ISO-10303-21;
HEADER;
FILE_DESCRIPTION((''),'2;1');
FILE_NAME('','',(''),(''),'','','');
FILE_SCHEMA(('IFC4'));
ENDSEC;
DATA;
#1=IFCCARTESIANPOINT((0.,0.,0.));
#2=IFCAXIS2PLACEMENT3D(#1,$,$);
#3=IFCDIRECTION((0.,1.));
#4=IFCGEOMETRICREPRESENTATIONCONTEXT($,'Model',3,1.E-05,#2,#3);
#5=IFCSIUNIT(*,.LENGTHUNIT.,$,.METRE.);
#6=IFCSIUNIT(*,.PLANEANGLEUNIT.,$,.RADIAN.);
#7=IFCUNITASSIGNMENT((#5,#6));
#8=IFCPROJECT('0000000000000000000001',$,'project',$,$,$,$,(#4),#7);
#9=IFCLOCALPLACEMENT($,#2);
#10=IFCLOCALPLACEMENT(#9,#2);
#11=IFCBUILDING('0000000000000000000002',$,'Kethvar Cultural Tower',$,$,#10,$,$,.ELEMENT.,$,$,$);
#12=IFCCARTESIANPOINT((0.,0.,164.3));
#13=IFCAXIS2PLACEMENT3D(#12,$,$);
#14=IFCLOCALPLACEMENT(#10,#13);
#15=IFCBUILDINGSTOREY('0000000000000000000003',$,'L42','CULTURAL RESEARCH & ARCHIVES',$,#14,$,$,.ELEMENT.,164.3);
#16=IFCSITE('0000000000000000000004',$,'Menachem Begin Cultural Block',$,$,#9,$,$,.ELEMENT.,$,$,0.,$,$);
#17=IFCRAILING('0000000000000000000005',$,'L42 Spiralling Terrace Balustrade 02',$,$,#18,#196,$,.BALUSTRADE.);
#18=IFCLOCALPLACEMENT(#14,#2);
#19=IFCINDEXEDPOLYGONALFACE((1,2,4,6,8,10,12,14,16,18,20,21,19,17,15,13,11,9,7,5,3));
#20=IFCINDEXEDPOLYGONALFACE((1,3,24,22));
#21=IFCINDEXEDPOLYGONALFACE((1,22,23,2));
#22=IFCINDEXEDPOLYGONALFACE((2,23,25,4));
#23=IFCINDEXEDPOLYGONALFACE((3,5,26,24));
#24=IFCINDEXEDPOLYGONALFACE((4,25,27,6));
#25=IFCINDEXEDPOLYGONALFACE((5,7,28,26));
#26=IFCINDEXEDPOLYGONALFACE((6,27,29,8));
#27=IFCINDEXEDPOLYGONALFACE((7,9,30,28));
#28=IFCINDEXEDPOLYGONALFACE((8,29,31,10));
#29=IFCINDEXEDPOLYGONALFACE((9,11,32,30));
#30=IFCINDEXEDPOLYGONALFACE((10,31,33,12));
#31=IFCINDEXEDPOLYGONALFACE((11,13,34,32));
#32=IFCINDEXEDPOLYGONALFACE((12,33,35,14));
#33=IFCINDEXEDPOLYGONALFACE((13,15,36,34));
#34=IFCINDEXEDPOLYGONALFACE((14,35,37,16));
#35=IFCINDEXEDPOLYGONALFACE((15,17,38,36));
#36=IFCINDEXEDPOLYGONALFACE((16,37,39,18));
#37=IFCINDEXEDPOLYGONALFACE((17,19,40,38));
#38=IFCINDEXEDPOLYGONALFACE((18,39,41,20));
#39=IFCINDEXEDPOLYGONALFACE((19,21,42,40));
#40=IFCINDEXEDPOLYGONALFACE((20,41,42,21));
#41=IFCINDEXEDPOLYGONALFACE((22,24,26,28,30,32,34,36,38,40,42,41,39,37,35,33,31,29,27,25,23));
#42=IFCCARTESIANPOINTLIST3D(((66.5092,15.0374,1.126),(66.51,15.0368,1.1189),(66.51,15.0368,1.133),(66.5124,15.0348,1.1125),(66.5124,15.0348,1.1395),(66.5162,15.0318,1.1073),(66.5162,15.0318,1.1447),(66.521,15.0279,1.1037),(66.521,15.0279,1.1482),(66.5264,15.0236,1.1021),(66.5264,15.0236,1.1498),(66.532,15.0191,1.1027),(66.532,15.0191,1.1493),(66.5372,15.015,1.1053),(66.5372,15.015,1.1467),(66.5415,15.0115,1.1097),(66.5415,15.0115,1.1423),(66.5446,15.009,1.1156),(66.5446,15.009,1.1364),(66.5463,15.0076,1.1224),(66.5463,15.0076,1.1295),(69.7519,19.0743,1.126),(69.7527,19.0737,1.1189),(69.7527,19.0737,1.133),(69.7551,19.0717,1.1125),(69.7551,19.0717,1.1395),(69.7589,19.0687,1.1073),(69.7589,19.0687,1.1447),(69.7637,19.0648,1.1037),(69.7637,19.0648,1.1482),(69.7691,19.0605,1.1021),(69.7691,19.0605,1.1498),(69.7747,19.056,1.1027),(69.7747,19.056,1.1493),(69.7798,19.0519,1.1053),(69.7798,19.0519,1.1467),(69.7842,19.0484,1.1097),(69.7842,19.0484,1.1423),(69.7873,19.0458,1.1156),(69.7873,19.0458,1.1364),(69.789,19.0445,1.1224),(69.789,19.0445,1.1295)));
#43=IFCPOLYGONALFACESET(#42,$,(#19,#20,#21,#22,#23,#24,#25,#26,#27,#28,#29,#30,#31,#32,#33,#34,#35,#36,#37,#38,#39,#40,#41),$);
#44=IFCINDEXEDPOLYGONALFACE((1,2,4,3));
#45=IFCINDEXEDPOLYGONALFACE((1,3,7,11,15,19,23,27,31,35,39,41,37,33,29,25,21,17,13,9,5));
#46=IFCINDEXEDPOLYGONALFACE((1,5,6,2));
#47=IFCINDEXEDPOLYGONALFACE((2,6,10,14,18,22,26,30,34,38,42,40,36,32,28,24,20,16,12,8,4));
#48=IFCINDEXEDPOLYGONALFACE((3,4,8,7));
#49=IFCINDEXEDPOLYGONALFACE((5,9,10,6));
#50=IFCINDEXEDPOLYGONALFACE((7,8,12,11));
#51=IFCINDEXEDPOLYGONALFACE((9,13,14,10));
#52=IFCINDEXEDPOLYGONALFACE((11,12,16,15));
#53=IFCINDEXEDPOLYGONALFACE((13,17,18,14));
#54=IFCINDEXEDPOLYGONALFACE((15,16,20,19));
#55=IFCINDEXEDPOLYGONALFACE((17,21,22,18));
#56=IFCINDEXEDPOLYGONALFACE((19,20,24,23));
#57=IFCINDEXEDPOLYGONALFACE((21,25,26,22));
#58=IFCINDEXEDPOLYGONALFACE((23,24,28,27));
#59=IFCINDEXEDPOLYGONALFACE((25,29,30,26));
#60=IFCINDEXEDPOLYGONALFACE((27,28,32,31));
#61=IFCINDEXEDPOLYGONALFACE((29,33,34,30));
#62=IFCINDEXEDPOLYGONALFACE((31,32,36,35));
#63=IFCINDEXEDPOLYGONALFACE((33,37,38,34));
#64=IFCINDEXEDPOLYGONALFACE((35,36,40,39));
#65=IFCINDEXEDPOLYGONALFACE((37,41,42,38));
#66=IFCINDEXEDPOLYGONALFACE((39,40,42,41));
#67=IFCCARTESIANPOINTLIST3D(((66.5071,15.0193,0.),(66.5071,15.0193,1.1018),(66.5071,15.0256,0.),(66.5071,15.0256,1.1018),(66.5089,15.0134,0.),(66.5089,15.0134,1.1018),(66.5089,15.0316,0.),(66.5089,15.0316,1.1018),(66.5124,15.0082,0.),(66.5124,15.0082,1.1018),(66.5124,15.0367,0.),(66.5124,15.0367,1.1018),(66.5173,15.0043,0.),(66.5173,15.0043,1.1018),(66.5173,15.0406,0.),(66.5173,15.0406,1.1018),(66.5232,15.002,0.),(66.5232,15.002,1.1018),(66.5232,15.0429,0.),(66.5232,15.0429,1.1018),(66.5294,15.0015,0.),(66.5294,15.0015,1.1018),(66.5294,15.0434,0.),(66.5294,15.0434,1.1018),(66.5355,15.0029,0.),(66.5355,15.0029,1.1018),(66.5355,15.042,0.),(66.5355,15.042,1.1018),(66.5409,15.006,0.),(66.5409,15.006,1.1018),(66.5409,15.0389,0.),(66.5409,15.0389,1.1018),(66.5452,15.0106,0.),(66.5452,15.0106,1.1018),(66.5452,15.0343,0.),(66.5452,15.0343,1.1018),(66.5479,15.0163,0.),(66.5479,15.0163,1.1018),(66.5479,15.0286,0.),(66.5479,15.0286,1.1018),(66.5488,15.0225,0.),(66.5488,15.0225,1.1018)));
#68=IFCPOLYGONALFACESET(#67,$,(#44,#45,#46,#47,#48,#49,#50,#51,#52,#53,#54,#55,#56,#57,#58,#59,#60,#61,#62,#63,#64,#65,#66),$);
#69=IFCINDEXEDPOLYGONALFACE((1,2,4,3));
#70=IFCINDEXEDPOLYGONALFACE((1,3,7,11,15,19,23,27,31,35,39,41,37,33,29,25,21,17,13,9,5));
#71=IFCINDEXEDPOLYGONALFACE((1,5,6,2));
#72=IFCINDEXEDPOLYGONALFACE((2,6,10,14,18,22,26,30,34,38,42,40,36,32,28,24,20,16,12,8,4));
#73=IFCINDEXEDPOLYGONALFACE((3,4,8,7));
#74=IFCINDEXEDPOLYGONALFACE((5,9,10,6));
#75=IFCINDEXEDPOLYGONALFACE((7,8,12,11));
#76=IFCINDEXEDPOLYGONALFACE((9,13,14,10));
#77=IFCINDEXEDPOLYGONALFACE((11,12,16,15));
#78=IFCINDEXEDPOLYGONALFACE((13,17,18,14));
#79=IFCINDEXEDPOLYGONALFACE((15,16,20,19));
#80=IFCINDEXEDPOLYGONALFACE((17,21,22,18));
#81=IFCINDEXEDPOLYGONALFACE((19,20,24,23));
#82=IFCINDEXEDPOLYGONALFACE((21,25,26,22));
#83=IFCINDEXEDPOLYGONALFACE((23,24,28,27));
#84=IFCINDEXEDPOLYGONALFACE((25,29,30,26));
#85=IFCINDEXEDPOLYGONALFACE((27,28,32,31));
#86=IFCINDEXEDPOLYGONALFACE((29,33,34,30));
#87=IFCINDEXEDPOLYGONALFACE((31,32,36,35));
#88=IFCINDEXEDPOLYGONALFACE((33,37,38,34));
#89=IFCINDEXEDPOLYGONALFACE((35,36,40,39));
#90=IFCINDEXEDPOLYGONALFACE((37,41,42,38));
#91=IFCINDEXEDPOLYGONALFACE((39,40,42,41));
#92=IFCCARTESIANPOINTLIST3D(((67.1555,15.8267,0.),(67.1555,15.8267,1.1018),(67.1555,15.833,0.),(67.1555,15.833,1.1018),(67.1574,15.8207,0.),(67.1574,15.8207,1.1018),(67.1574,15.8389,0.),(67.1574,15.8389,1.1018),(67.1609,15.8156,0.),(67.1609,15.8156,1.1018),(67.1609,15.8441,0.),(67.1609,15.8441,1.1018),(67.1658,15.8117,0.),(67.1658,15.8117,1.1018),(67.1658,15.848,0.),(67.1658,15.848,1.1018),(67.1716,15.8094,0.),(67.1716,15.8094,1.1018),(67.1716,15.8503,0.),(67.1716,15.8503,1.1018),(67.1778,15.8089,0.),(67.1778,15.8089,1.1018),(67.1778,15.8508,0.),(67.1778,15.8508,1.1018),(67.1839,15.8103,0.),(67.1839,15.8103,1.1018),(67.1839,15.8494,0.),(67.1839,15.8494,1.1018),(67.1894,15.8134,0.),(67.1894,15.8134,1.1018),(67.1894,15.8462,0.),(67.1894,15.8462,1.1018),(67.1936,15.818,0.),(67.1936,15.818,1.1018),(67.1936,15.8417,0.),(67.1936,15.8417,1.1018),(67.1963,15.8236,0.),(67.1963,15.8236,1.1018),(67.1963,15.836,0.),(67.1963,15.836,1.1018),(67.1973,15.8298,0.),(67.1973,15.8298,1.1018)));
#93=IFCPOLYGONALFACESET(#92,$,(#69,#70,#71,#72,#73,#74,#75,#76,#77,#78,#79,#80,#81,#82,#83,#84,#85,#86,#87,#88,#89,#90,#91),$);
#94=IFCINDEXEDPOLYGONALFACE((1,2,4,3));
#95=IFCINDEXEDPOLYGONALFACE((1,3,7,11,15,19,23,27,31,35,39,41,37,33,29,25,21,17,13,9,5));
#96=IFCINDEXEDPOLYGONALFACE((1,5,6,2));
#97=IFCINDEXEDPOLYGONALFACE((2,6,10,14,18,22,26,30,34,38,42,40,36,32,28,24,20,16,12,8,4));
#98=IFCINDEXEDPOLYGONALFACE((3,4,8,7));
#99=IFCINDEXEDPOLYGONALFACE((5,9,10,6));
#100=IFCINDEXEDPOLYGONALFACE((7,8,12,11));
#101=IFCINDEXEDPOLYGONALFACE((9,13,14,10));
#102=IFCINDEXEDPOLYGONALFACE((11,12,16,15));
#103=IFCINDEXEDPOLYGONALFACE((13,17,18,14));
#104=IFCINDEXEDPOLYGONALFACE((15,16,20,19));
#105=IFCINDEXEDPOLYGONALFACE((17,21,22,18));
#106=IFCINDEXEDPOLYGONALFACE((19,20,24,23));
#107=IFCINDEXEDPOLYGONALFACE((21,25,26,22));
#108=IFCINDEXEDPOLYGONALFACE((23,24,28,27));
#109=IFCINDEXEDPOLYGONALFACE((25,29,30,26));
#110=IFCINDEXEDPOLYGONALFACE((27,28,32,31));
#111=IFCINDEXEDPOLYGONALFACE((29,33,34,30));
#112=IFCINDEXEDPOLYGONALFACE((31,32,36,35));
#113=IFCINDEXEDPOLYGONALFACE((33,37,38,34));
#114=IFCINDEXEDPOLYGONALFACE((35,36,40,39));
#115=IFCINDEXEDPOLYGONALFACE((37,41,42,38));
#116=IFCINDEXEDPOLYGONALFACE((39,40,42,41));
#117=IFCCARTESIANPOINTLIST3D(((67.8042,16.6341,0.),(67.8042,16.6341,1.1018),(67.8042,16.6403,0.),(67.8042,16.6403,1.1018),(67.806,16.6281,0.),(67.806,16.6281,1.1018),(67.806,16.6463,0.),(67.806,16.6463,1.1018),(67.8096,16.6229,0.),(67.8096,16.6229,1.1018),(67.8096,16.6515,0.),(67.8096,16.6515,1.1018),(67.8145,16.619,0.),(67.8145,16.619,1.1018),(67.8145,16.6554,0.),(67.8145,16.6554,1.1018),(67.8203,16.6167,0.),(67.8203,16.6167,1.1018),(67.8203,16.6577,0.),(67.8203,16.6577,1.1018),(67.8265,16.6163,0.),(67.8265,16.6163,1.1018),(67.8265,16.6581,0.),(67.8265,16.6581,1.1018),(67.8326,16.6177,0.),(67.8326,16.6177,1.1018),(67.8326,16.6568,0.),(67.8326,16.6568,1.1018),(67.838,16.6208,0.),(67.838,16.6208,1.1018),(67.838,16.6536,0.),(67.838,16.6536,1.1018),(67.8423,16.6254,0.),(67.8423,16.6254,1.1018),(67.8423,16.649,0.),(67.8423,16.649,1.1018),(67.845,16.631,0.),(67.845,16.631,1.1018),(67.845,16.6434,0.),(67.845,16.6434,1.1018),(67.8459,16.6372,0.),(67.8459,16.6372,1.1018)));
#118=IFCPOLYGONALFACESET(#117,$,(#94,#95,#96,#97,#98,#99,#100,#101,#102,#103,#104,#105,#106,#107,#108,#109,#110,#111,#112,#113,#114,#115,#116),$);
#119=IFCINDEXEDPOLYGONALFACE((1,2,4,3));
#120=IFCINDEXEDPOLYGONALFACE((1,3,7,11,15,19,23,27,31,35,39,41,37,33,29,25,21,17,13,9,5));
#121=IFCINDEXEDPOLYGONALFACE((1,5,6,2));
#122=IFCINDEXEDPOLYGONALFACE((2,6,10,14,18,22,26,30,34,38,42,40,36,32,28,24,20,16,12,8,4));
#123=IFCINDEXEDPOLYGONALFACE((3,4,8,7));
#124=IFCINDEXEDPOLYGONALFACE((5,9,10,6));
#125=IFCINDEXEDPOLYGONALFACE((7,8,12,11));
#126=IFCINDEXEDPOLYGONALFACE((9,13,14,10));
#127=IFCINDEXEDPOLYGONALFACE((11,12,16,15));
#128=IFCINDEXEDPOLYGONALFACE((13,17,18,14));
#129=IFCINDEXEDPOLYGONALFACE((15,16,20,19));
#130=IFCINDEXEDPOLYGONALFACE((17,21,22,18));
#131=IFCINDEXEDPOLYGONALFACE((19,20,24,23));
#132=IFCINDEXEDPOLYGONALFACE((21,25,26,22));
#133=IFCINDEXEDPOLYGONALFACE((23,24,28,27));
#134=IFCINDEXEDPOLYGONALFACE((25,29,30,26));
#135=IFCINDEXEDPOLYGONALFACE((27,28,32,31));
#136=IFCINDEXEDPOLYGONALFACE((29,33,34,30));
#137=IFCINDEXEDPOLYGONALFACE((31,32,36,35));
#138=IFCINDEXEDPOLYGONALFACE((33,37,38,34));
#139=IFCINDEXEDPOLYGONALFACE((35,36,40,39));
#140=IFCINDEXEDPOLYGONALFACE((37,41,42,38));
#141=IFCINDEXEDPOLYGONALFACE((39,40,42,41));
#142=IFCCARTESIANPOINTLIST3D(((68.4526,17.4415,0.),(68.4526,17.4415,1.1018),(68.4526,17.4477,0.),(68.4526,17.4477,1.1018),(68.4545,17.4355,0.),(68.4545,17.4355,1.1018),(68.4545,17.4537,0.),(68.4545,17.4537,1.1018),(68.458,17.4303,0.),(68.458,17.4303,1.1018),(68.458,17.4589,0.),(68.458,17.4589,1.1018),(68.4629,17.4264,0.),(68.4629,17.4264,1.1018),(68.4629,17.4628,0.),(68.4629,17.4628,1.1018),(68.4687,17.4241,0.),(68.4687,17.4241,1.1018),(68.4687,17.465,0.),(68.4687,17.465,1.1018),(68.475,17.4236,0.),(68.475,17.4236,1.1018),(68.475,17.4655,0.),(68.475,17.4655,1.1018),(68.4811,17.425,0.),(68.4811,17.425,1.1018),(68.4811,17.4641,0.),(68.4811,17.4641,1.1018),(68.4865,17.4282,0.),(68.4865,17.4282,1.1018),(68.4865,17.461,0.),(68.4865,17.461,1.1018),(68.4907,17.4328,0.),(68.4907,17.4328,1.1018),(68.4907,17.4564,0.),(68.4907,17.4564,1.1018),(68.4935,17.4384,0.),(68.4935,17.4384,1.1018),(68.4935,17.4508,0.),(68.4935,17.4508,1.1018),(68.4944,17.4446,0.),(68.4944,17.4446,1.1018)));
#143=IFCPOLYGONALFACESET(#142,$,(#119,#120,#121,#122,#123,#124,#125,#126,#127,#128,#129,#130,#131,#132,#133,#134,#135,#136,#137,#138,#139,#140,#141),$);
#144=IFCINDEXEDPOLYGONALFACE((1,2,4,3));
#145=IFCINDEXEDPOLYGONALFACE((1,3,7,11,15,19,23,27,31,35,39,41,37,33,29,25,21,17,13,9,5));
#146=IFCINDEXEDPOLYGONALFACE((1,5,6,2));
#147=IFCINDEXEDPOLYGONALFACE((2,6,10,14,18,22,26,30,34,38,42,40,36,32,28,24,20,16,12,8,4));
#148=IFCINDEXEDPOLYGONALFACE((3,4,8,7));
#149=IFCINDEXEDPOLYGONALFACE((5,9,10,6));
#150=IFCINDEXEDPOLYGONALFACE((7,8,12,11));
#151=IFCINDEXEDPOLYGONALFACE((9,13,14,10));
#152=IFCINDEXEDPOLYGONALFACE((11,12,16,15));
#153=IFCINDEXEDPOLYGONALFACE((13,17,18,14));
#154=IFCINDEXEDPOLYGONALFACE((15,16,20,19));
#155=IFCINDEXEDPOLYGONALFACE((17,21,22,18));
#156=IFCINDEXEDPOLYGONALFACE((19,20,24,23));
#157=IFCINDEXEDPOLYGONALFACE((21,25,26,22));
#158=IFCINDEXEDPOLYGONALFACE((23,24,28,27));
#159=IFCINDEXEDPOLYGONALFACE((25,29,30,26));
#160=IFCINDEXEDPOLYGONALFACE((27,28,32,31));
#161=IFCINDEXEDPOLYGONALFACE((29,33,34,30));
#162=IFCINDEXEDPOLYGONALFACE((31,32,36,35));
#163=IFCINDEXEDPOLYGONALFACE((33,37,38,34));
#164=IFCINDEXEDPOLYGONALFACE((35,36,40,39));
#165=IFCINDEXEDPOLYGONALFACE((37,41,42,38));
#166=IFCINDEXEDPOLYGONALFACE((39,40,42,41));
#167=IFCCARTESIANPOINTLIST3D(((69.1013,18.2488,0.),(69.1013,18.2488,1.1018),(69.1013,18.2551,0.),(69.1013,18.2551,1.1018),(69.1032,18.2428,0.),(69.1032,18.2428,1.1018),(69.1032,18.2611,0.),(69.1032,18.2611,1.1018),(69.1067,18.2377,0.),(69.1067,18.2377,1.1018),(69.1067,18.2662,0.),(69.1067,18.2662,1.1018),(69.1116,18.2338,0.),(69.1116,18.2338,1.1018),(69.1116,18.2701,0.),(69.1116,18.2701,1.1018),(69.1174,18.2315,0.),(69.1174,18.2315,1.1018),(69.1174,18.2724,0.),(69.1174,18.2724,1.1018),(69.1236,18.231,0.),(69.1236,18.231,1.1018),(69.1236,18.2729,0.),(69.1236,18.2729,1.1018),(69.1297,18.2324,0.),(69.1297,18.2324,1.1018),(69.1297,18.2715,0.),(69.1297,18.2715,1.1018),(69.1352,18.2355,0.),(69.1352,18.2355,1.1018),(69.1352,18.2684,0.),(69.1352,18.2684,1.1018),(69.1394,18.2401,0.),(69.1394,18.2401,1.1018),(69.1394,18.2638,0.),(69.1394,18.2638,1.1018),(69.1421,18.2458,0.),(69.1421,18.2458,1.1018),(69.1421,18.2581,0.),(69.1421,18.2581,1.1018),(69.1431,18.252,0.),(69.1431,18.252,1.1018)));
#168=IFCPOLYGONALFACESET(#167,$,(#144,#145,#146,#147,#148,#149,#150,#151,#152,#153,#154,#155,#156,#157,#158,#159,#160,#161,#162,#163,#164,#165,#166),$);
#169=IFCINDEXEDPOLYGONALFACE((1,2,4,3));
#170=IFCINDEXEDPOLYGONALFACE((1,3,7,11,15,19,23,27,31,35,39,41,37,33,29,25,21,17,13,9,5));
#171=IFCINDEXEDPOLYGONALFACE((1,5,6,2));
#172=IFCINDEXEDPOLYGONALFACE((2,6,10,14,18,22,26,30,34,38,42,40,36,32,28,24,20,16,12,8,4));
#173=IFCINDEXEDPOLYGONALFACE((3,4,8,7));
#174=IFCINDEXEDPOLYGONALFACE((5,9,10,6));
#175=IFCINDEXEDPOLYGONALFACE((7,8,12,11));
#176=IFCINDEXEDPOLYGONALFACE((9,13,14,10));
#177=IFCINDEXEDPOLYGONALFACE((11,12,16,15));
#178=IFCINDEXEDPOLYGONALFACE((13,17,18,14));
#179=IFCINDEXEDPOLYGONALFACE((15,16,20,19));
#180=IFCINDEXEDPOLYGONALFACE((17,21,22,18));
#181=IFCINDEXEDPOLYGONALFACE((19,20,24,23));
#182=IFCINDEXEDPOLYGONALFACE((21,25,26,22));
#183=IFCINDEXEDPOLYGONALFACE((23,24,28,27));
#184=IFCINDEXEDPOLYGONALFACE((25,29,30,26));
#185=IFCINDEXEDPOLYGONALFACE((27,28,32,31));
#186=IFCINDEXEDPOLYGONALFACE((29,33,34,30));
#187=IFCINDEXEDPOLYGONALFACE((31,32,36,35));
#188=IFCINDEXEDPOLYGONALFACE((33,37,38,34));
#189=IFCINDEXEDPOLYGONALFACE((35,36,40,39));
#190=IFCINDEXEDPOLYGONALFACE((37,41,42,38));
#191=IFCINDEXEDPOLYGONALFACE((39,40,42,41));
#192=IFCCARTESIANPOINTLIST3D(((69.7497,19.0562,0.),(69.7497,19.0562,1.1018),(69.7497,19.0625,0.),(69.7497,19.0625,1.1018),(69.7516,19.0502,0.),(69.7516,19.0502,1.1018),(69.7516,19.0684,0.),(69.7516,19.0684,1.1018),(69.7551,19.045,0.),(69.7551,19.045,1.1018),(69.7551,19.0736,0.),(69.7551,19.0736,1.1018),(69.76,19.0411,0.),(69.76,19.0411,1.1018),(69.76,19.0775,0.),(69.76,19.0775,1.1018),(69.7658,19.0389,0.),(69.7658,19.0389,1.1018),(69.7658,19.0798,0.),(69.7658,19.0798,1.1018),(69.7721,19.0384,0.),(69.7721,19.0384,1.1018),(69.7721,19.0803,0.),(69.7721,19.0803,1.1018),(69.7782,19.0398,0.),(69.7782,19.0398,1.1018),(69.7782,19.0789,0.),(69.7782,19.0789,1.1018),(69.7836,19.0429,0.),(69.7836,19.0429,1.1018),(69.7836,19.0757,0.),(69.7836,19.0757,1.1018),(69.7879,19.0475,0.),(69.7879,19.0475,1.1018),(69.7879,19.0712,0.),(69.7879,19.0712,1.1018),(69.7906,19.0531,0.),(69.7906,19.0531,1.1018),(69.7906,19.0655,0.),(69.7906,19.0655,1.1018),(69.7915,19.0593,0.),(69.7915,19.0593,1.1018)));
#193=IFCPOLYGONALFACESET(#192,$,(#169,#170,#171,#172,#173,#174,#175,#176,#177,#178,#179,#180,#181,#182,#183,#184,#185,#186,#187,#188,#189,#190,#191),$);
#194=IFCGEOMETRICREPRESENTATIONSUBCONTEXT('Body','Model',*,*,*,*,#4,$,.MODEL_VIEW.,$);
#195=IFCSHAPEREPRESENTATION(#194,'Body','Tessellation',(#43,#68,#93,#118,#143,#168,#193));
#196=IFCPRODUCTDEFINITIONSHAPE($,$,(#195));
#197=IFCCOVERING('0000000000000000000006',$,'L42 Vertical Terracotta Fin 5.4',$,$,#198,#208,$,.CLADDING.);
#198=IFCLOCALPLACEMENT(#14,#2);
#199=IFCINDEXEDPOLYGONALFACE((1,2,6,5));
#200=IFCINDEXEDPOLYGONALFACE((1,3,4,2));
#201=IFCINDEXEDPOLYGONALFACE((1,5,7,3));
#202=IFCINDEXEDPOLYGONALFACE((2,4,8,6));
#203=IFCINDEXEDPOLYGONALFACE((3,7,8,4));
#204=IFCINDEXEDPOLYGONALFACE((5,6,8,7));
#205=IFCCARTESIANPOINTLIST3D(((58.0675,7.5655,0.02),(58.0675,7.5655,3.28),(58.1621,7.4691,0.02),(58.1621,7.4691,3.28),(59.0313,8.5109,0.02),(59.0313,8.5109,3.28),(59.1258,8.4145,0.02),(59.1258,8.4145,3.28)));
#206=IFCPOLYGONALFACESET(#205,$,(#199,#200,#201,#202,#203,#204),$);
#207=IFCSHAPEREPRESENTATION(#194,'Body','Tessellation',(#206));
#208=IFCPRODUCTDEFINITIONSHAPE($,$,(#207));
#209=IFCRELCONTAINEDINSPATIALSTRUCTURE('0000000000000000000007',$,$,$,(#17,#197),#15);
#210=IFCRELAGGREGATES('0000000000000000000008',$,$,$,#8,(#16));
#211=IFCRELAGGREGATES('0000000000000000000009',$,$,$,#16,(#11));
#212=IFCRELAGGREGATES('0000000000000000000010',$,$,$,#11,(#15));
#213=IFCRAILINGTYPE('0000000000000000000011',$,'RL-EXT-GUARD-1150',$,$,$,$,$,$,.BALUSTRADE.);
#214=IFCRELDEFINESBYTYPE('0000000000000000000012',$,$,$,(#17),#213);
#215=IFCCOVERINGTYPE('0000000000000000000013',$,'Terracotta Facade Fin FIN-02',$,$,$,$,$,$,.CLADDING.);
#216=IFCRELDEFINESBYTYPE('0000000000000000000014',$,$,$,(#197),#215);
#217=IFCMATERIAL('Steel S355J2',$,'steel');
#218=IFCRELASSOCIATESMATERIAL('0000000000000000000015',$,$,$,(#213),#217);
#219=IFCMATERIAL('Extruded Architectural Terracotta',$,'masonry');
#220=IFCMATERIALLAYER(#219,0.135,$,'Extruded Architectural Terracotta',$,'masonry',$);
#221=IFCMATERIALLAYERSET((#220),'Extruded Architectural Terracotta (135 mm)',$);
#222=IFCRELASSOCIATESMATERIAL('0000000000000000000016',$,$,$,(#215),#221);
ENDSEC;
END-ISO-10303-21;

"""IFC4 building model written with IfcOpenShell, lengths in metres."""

from ifc_helpers import new_model, si_unit, direction, frame, origin, origin_2d, place, context, subcontext, project, spatial, rectangle, circle, extrude, source, transform, mapped, material, layer, layer_set, type_object, element, save


model = new_model("IFC4")

# Units and contexts
model_context = context("Model", 3, precision=1e-05, world=origin(), true_north=direction((0.0, 1.0)))
body_context = subcontext(model_context, "Body", "Model", "MODEL_VIEW")
ifc_project = project(units=[si_unit("LENGTHUNIT", "METRE"), si_unit("PLANEANGLEUNIT", "RADIAN")], contexts=[model_context])

# Site, building, storey
site_placement = place(None, origin())
site = spatial("IfcSite", under=ifc_project, at=site_placement, Name="Menachem Begin Cultural Block", CompositionType="ELEMENT", RefElevation=0.0)
building_placement = place(site_placement, origin())
building = spatial("IfcBuilding", under=site, at=building_placement, Name="Kethvar Cultural Tower", CompositionType="ELEMENT")
storey_placement = place(building_placement, frame((0.0, 0.0, 164.3)))
storey = spatial("IfcBuildingStorey", under=building, at=storey_placement, Name="L42", Description="CULTURAL RESEARCH & ARCHIVES", CompositionType="ELEMENT", Elevation=164.3)

# Shared definitions
ifc_material_1 = material(Name="Steel S355J2", Category="steel")

# Railing
railing_type = type_object("IfcRailingType", Name="RL-EXT-GUARD-1150", PredefinedType="BALUSTRADE", material=ifc_material_1)
railing_1_placement = place(storey_placement, frame((66.5278, 15.0225, 0.0)))
element("IfcRailing", 1, at=railing_1_placement, inside=storey, type_object=railing_type, Name="L42 Spiralling Terrace Balustrade 02", PredefinedType="BALUSTRADE", context=body_context, shape_type="SweptSolid", body=[
    extrude(circle(Radius=0.0239, at=origin_2d()), frame((0.0, 0.0, 1.126), z_axis=(0.626246, 0.779625, 0.0), x_axis=(-0.779625, 0.626246, 0.0)), (0.0, 0.0, 1.0), 5.178),
    extrude(circle(Radius=0.021, at=origin_2d()), origin(), (0.0, 0.0, 1.0), 1.1018),
    extrude(circle(Radius=0.021, at=origin_2d()), frame((0.6484, 0.8074, 0.0)), (0.0, 0.0, 1.0), 1.1018),
    extrude(circle(Radius=0.021, at=origin_2d()), frame((1.2971, 1.6147, 0.0)), (0.0, 0.0, 1.0), 1.1018),
    extrude(circle(Radius=0.021, at=origin_2d()), frame((1.9456, 2.4221, 0.0)), (0.0, 0.0, 1.0), 1.1018),
    extrude(circle(Radius=0.021, at=origin_2d()), frame((2.5942, 3.2295, 0.0)), (0.0, 0.0, 1.0), 1.1018),
    extrude(circle(Radius=0.021, at=origin_2d()), frame((3.2427, 4.0369, 0.0)), (0.0, 0.0, 1.0), 1.1018),
])

# Covering
ifc_material_2 = material(Name="Extruded Architectural Terracotta", Category="masonry")
ifc_layer_1 = layer(ifc_material_2, 0.135, Name="Extruded Architectural Terracotta", Category="masonry")
ifc_layer_set_1 = layer_set([ifc_layer_1], Name="Extruded Architectural Terracotta (135 mm)")
covering_type = type_object("IfcCoveringType", Name="Terracotta Facade Fin FIN-02", PredefinedType="CLADDING", material=ifc_layer_set_1)
shared_shape_1 = source(origin(), body_context, "Body", "SweptSolid", [
    extrude(rectangle(XDim=1.3501, YDim=0.135, at=origin_2d()), origin(), (0.0, 0.0, 1.0), 3.26),
])
for number, where, z_axis, x_axis, name in (
    (2, (58.5967, 7.99, 0.02), (0.0, 0.0, 1.0), (-0.713862, -0.700287, 0.0), "L42 Vertical Terracotta Fin 5.4"),
):
    element("IfcCovering", number, at=place(storey_placement, frame(where, z_axis=z_axis, x_axis=x_axis)), inside=storey, type_object=covering_type, Name=name, PredefinedType="CLADDING", context=body_context, shape_type="MappedRepresentation", body=[
        mapped(shared_shape_1, transform((0.0, 0.0, 0.0), scale=1.0)),
    ])

save(model, "model.ifc")
